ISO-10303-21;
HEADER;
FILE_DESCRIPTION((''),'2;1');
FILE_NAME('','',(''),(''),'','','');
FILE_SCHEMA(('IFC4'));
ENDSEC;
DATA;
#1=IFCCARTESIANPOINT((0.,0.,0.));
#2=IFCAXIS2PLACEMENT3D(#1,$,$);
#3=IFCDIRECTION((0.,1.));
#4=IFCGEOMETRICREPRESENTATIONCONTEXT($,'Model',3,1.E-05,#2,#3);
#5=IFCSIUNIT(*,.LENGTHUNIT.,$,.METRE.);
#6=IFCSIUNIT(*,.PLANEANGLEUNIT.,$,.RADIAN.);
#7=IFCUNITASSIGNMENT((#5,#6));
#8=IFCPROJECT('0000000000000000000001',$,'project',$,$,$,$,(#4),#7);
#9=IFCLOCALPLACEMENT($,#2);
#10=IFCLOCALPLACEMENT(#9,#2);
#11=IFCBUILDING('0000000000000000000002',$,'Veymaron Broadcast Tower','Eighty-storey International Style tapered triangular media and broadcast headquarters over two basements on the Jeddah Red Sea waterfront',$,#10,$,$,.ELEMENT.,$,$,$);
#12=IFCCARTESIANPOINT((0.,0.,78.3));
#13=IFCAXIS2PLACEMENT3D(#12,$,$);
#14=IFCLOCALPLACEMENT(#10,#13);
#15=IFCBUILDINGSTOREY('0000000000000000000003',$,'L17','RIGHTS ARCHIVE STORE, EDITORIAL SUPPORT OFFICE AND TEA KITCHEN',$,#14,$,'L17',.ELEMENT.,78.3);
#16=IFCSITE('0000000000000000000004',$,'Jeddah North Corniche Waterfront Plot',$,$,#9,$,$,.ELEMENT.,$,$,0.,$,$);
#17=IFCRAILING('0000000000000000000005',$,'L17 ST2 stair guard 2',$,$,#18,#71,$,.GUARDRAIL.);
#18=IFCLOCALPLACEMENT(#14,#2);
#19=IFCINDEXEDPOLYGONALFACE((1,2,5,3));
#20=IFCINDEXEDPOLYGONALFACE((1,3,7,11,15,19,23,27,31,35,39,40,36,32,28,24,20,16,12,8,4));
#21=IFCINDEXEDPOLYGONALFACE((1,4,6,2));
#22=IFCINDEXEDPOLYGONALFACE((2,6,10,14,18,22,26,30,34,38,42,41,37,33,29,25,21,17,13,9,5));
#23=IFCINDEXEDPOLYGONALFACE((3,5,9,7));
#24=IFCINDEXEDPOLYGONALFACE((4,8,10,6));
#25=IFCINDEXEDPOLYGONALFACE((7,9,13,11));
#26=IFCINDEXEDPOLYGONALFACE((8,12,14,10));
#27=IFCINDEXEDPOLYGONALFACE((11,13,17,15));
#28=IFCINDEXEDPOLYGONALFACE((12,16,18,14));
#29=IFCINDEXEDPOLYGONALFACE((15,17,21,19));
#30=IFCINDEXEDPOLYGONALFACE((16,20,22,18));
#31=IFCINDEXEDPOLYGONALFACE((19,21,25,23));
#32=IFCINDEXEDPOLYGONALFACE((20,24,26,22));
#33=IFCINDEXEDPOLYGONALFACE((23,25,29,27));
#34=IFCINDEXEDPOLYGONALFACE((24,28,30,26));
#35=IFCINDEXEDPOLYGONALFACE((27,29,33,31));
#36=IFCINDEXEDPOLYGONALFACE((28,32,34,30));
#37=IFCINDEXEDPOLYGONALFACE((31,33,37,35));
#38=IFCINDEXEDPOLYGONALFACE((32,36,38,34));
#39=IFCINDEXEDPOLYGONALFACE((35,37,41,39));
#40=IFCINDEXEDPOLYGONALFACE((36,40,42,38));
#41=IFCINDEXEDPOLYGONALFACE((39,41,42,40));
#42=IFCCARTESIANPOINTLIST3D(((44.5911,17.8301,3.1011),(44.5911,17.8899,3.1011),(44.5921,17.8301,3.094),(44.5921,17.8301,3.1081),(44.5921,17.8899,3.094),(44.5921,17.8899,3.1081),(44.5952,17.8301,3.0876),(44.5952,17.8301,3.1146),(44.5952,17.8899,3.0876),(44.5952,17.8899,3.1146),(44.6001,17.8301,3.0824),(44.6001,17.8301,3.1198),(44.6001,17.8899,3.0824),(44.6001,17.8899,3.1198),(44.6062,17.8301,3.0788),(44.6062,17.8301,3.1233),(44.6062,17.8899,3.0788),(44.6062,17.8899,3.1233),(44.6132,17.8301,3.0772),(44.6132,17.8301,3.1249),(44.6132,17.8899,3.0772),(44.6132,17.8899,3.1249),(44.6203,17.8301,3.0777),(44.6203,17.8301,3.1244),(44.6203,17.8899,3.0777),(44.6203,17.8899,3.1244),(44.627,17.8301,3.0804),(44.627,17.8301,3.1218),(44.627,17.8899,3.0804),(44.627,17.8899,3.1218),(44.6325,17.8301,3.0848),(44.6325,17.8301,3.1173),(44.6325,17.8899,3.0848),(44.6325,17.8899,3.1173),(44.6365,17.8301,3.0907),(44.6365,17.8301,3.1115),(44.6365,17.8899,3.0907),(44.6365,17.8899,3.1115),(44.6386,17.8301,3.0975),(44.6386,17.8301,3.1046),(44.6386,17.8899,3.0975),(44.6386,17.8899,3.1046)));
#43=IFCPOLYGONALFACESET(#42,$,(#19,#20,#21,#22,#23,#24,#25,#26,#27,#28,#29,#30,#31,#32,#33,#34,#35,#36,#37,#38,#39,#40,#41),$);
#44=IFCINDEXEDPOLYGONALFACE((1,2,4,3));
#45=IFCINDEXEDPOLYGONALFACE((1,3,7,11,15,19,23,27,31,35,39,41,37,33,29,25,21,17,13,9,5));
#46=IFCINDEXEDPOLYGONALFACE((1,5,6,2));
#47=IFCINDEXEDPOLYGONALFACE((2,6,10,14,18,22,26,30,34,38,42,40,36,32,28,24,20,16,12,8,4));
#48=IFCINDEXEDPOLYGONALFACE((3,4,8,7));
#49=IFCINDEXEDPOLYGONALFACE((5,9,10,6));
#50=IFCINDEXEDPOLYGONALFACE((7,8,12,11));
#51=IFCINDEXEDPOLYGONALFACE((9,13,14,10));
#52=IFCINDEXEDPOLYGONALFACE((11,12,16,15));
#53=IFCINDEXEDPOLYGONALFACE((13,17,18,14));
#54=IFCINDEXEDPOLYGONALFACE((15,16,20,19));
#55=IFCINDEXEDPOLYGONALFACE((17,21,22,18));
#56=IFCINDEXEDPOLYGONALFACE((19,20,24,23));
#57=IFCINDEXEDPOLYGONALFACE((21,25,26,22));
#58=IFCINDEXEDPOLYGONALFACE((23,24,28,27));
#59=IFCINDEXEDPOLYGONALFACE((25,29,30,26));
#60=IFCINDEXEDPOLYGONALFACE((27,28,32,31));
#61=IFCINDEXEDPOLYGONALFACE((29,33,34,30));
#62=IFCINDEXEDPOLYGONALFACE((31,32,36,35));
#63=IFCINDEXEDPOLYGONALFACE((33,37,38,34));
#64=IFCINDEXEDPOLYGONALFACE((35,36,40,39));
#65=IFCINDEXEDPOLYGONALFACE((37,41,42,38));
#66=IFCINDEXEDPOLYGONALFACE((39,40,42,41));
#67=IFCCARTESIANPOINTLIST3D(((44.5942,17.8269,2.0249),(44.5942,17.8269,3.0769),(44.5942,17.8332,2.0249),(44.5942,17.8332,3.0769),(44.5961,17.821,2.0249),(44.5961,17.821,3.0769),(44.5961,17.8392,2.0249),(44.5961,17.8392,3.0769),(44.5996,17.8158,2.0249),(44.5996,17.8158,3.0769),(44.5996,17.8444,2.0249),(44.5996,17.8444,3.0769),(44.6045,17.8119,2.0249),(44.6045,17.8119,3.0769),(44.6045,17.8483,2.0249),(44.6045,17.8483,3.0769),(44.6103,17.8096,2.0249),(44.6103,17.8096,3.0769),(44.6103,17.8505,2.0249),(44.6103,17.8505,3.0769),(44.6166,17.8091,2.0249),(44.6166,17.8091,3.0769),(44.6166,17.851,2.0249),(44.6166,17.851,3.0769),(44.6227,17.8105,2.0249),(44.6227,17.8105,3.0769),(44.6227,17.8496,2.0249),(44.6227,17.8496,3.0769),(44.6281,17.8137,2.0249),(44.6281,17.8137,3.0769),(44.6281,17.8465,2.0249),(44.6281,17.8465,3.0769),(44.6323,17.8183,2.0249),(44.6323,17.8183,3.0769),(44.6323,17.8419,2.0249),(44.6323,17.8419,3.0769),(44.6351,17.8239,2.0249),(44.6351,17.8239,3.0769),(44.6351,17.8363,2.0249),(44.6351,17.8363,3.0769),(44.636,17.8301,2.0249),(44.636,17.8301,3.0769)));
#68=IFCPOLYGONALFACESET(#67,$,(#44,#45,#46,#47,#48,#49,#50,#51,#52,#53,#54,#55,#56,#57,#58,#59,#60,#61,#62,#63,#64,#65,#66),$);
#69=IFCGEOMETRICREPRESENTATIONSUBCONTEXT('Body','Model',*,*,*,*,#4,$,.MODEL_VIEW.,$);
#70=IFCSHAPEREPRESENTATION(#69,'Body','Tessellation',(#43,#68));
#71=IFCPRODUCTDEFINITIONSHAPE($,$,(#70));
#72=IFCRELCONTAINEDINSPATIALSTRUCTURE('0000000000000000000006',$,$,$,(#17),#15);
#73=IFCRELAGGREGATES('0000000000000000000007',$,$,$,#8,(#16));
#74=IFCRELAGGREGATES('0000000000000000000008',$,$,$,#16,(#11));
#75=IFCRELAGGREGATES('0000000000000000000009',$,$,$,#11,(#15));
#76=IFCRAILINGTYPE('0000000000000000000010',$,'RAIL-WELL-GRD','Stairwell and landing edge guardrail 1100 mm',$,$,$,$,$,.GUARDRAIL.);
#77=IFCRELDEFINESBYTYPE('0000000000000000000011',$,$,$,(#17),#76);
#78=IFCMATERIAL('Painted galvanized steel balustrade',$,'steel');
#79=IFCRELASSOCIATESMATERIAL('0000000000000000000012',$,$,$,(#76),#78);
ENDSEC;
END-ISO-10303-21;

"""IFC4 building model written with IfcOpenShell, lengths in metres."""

from ifc_helpers import new_model, si_unit, direction, frame, origin, origin_2d, place, context, subcontext, project, spatial, circle, extrude, material, type_object, element, save


model = new_model("IFC4")

# Units and contexts
model_context = context("Model", 3, precision=1e-05, world=origin(), true_north=direction((0.0, 1.0)))
body_context = subcontext(model_context, "Body", "Model", "MODEL_VIEW")
ifc_project = project(units=[si_unit("LENGTHUNIT", "METRE"), si_unit("PLANEANGLEUNIT", "RADIAN")], contexts=[model_context])

# Site, building, storey
site_placement = place(None, origin())
site = spatial("IfcSite", under=ifc_project, at=site_placement, Name="Jeddah North Corniche Waterfront Plot", CompositionType="ELEMENT", RefElevation=0.0)
building_placement = place(site_placement, origin())
building = spatial("IfcBuilding", under=site, at=building_placement, Name="Veymaron Broadcast Tower", Description="Eighty-storey International Style tapered triangular media and broadcast headquarters over two basements on the Jeddah Red Sea waterfront", CompositionType="ELEMENT")
storey_placement = place(building_placement, frame((0.0, 0.0, 78.3)))
storey = spatial("IfcBuildingStorey", under=building, at=storey_placement, Name="L17", Description="RIGHTS ARCHIVE STORE, EDITORIAL SUPPORT OFFICE AND TEA KITCHEN", LongName="L17", CompositionType="ELEMENT", Elevation=78.3)

# Railing
ifc_material_1 = material(Name="Painted galvanized steel balustrade", Category="steel")
railing_type = type_object("IfcRailingType", Name="RAIL-WELL-GRD", Description="Stairwell and landing edge guardrail 1100 mm", PredefinedType="GUARDRAIL", material=ifc_material_1)
railing_placement = place(storey_placement, frame((44.615, 17.8301, 2.0249)))
element("IfcRailing", 1, at=railing_placement, inside=storey, type_object=railing_type, Name="L17 ST2 stair guard 2", PredefinedType="GUARDRAIL", context=body_context, shape_type="SweptSolid", body=[
    extrude(circle(Radius=0.0239, at=origin_2d()), frame((0.0, 0.0, 1.0762), z_axis=(0.0, 1.0, 0.0), x_axis=(-1.0, 0.0, 0.0)), (0.0, 0.0, 1.0), 0.0598),
    extrude(circle(Radius=0.021, at=origin_2d()), origin(), (0.0, 0.0, 1.0), 1.052),
])

save(model, "model.ifc")
